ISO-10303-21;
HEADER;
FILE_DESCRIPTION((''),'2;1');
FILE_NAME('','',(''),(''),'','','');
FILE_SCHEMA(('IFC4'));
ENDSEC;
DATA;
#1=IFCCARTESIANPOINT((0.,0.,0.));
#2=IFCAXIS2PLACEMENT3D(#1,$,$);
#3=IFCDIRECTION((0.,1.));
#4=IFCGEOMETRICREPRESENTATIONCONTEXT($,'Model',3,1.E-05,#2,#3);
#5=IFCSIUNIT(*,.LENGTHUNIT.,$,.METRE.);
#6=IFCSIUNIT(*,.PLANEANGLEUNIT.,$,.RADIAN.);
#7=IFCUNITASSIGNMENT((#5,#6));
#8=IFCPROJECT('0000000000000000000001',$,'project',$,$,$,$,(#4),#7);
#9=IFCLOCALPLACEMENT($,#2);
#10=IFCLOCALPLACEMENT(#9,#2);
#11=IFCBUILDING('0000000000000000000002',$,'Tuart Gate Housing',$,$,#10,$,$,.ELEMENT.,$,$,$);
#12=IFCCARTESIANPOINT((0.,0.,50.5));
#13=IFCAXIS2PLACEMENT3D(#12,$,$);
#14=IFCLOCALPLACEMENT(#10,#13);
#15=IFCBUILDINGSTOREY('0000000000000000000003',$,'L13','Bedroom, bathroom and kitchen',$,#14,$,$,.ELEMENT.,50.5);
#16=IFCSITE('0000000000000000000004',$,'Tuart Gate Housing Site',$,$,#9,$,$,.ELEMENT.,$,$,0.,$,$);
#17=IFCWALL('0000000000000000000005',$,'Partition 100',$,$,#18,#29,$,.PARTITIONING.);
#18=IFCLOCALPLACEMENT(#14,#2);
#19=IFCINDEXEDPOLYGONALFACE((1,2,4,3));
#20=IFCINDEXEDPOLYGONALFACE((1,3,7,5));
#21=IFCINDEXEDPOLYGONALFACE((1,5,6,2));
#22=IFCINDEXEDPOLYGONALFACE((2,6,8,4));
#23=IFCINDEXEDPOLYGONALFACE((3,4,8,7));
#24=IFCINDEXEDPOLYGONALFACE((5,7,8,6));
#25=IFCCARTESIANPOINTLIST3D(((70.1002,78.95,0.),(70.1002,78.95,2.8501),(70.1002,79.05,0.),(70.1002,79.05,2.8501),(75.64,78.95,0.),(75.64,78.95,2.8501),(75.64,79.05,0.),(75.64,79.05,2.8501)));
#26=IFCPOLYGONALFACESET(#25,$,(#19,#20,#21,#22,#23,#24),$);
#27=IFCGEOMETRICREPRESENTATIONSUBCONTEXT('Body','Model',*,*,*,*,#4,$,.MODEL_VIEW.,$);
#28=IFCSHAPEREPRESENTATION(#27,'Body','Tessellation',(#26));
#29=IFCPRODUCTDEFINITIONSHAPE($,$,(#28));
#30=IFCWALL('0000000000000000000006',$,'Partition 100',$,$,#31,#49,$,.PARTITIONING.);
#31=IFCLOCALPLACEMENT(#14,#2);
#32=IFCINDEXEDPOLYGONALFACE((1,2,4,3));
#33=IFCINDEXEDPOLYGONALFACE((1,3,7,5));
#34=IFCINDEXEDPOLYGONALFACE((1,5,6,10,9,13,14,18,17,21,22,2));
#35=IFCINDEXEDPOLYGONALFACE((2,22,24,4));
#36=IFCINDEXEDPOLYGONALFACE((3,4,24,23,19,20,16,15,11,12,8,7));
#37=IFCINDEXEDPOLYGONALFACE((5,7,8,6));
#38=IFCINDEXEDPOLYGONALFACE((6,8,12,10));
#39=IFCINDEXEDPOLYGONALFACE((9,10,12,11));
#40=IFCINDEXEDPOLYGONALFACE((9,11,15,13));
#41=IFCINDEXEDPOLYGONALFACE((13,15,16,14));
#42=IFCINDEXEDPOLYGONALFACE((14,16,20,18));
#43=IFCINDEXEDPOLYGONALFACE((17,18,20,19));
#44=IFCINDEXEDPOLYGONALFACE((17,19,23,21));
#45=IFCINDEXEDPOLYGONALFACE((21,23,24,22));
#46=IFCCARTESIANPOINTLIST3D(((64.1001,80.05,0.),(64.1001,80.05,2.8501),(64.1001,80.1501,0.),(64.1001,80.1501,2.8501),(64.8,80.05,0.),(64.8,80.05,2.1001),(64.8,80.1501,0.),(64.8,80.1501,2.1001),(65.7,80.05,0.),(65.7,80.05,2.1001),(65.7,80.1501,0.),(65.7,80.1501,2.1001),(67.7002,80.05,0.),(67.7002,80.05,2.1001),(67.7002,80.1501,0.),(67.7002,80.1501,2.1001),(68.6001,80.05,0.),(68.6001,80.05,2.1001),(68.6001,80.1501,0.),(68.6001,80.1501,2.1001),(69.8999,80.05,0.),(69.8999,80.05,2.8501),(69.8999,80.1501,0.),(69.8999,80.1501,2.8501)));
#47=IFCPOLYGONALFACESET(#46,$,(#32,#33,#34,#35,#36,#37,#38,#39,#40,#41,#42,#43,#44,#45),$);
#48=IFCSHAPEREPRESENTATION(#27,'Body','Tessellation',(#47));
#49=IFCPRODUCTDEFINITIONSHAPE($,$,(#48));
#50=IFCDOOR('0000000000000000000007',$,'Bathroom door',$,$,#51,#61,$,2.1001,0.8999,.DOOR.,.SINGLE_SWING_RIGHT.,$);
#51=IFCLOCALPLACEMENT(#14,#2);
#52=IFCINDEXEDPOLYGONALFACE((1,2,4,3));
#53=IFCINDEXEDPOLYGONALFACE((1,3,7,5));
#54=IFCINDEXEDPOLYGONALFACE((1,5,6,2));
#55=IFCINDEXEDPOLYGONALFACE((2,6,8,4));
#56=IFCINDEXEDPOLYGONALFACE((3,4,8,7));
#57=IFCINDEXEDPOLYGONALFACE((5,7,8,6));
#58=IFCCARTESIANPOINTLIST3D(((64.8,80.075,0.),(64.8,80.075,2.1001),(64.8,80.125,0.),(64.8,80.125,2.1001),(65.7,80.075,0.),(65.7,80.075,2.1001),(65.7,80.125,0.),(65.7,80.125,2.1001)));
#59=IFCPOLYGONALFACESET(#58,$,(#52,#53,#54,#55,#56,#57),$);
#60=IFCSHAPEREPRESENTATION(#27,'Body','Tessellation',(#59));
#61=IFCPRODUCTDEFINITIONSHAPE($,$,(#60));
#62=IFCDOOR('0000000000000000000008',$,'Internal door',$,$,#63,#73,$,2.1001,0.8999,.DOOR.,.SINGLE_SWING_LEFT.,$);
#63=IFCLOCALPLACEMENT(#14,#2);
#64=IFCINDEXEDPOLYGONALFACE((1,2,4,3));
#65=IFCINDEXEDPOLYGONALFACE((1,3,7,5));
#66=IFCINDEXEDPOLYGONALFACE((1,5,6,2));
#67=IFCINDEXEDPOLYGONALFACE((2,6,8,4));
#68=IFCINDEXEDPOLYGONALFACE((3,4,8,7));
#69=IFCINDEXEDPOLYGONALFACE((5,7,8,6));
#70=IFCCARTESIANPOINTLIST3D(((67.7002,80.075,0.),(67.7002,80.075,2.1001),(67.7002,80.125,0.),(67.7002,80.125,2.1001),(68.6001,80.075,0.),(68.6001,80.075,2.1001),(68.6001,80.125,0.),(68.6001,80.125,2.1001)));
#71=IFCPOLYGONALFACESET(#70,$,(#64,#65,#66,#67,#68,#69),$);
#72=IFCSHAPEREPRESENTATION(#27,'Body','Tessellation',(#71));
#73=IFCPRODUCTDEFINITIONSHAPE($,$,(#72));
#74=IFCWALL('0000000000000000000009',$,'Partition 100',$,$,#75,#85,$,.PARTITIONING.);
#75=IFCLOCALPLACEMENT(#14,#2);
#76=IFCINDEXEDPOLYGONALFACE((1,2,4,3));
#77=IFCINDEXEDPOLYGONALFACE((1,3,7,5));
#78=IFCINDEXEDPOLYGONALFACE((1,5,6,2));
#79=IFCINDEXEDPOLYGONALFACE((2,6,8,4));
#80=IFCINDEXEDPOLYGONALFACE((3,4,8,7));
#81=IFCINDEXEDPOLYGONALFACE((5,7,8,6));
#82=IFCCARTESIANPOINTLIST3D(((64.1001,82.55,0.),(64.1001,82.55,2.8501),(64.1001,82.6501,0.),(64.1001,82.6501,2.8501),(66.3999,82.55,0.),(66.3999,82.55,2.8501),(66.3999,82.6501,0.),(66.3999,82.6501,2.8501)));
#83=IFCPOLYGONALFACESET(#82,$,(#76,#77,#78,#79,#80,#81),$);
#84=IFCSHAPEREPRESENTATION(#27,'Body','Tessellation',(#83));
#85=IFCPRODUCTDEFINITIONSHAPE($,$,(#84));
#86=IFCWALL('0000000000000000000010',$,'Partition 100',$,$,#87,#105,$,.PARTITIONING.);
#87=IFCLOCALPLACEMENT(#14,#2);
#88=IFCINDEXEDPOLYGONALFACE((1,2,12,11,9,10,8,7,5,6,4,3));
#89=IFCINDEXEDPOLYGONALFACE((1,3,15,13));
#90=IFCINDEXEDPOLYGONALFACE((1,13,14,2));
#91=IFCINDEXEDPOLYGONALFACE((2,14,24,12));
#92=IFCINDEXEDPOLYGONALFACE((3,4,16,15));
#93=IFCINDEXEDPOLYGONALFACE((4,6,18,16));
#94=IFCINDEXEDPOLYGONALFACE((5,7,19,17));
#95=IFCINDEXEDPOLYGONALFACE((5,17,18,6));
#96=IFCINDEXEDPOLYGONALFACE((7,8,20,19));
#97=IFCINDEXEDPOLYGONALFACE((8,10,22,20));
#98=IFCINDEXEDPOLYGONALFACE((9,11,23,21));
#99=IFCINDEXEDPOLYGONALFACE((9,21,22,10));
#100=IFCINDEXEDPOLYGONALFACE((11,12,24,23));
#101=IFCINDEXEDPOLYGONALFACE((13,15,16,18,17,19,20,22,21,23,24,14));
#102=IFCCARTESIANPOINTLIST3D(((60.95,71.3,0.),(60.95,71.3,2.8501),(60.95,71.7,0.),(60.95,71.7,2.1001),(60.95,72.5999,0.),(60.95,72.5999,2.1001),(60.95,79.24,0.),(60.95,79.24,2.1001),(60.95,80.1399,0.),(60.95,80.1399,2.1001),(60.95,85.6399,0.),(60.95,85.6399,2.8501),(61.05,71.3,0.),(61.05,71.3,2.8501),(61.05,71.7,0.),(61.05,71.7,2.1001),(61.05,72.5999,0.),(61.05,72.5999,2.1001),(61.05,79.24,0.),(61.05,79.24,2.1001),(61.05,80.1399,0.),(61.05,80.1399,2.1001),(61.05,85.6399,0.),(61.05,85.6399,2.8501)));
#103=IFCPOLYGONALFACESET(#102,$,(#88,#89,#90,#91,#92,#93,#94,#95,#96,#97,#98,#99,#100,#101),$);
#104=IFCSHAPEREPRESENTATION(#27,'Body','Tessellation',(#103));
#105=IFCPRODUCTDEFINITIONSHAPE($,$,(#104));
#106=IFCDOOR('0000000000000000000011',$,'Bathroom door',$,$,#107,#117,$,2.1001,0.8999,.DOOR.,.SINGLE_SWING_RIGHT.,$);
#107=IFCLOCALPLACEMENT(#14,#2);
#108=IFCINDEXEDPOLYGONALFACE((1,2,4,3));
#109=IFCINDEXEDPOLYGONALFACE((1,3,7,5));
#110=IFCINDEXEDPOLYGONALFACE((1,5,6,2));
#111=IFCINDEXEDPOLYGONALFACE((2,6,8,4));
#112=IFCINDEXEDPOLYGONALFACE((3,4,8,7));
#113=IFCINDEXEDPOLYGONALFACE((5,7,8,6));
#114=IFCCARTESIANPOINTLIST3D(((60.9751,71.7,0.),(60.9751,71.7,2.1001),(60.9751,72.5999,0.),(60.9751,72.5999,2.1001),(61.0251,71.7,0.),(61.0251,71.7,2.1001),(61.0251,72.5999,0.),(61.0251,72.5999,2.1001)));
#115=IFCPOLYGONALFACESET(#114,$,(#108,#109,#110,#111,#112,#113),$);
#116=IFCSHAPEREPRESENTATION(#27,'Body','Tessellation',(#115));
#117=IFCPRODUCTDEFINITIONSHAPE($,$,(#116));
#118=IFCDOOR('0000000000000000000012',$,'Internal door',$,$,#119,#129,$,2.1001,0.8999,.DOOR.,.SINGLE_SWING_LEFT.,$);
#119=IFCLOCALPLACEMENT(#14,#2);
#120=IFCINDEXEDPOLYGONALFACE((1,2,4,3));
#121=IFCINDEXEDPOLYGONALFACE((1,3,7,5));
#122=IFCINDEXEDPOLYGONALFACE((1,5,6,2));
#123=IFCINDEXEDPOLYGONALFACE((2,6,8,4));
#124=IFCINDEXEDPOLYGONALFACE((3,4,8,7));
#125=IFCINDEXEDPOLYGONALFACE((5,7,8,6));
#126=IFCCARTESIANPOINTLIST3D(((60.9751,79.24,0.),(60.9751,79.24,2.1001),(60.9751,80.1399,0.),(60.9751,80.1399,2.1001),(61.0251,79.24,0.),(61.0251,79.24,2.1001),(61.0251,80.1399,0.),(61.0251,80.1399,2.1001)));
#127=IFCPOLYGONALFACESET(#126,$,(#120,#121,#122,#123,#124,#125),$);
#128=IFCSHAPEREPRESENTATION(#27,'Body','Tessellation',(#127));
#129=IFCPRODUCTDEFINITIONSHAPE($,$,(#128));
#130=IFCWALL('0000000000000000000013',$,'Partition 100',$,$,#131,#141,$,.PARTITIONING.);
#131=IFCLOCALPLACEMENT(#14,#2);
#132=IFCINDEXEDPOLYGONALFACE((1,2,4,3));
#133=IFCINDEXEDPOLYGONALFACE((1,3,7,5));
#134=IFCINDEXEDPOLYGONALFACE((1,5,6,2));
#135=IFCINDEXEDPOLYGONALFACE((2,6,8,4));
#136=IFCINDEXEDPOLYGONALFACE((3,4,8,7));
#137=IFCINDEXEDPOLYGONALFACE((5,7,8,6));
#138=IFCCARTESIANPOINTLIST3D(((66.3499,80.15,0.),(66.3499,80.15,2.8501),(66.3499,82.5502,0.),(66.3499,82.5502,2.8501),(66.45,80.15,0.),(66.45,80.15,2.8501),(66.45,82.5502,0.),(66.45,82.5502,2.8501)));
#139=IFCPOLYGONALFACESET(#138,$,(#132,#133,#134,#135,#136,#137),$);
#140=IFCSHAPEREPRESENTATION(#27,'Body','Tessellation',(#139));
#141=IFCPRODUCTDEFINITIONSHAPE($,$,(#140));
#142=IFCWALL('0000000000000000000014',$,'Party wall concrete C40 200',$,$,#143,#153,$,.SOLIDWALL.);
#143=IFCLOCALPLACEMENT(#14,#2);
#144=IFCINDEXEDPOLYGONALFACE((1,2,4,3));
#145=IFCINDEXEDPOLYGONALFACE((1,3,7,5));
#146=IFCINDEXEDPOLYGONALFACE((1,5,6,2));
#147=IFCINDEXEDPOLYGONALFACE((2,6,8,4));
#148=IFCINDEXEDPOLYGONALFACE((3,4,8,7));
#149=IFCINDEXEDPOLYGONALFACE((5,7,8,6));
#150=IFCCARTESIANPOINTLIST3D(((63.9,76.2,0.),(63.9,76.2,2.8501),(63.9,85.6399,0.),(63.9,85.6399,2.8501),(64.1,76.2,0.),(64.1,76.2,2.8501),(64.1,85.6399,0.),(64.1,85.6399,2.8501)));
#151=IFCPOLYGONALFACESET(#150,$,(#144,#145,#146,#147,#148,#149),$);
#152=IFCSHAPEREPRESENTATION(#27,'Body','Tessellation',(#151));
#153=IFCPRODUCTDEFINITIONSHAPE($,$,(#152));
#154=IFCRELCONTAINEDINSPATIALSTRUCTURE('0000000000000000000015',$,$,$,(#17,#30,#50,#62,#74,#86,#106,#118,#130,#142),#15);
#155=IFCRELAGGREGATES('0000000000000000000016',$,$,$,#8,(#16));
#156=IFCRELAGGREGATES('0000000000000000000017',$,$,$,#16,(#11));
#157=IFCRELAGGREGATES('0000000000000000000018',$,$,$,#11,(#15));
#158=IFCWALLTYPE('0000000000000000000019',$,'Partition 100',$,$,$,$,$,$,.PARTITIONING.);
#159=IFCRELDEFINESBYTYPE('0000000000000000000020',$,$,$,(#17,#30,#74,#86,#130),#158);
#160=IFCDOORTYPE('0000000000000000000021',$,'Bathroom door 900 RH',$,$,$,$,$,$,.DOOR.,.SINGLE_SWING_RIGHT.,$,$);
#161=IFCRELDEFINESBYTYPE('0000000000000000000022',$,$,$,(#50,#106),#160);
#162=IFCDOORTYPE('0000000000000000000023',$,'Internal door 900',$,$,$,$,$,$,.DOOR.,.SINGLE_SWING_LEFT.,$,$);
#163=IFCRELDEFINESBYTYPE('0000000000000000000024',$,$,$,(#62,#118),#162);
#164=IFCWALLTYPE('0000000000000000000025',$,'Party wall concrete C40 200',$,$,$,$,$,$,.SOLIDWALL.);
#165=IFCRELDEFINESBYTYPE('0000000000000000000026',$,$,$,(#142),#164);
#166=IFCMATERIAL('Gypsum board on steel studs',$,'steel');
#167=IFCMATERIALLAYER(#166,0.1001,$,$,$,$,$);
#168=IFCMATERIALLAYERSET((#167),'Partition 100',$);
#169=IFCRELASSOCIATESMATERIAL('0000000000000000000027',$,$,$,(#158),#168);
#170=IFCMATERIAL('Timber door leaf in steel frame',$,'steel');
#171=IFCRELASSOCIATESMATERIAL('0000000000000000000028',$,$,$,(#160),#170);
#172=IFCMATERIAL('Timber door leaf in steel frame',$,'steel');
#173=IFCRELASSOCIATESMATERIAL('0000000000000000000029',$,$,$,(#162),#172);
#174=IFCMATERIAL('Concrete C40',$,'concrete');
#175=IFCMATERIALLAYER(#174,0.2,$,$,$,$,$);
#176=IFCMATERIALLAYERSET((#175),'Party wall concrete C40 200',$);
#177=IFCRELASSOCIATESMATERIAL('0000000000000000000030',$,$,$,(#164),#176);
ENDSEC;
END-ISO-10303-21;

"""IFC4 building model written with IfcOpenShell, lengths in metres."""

from ifc_helpers import new_model, si_unit, direction, frame, frame_2d, origin, place, context, subcontext, project, spatial, rectangle, extrude, material, layer, layer_set, type_object, element, fill, save


model = new_model("IFC4")

# Units and contexts
model_context = context("Model", 3, precision=1e-05, world=origin(), true_north=direction((0.0, 1.0)))
body_context = subcontext(model_context, "Body", "Model", "MODEL_VIEW")
ifc_project = project(units=[si_unit("LENGTHUNIT", "METRE"), si_unit("PLANEANGLEUNIT", "RADIAN")], contexts=[model_context])

# Site, building, storey
site_placement = place(None, origin())
site = spatial("IfcSite", under=ifc_project, at=site_placement, Name="Tuart Gate Housing Site", CompositionType="ELEMENT", RefElevation=0.0)
building_placement = place(site_placement, origin())
building = spatial("IfcBuilding", under=site, at=building_placement, Name="Tuart Gate Housing", CompositionType="ELEMENT")
storey_placement = place(building_placement, frame((0.0, 0.0, 50.5)))
storey = spatial("IfcBuildingStorey", under=building, at=storey_placement, Name="L13", Description="Bedroom, bathroom and kitchen", CompositionType="ELEMENT", Elevation=50.5)

# Wall
ifc_material_1 = material(Name="Gypsum board on steel studs", Category="steel")
ifc_layer_1 = layer(ifc_material_1, 0.1001)
ifc_layer_set_1 = layer_set([ifc_layer_1], Name="Partition 100")
wall_type_1 = type_object("IfcWallType", Name="Partition 100", PredefinedType="PARTITIONING", material=ifc_layer_set_1)
wall_1_placement = place(storey_placement, frame((70.1001, 79.0, 0.0), z_axis=(0.0, 0.0, 1.0), x_axis=(1.0, 0.0, 0.0)))
element("IfcWall", 1, at=wall_1_placement, inside=storey, type_object=wall_type_1, Name="Partition 100", PredefinedType="PARTITIONING", context=body_context, shape_type="SweptSolid", body=[
    extrude(rectangle(XDim=5.5398, YDim=0.1001, at=frame_2d((2.77, 0.0))), origin(), (0.0, 0.0, 1.0), 2.8501),
])

# Wall, openings, doors
wall_2_placement = place(storey_placement, frame((64.1001, 80.1001, 0.0), z_axis=(0.0, 0.0, 1.0), x_axis=(1.0, 0.0, 0.0)))
wall_2 = element("IfcWall", 2, at=wall_2_placement, inside=storey, type_object=wall_type_1, Name="Partition 100", PredefinedType="PARTITIONING", context=body_context, shape_type="SweptSolid", body=[
    extrude(rectangle(XDim=5.7998, YDim=0.1001, at=frame_2d((2.8999, 0.0))), origin(), (0.0, 0.0, 1.0), 2.8501),
])
opening_1_placement = place(wall_2_placement, frame((3.6001, 0.0, 0.0)))
opening_1 = element("IfcOpeningElement", 3, at=opening_1_placement, cuts=wall_2, PredefinedType="OPENING", context=body_context, shape_type="SweptSolid", body=[
    extrude(rectangle(XDim=0.8999, YDim=2.1001, at=frame_2d((0.45, 1.05))), frame((0.0, 0.0601, 0.0), z_axis=(0.0, -1.0, 0.0), x_axis=(1.0, 0.0, 0.0)), (0.0, 0.0, 1.0), 0.1201),
])
opening_2_placement = place(wall_2_placement, frame((0.7, 0.0, 0.0)))
opening_2 = element("IfcOpeningElement", 4, at=opening_2_placement, cuts=wall_2, PredefinedType="OPENING", context=body_context, shape_type="SweptSolid", body=[
    extrude(rectangle(XDim=0.8999, YDim=2.1001, at=frame_2d((0.45, 1.05))), frame((0.0, 0.0601, 0.0), z_axis=(0.0, -1.0, 0.0), x_axis=(1.0, 0.0, 0.0)), (0.0, 0.0, 1.0), 0.1201),
])
ifc_material_2 = material(Name="Timber door leaf in steel frame", Category="steel")
door_type_1 = type_object("IfcDoorType", Name="Bathroom door 900 RH", OperationType="SINGLE_SWING_RIGHT", PredefinedType="DOOR", material=ifc_material_2)
door_1_placement = place(opening_2_placement, origin())
door_1 = element("IfcDoor", 5, at=door_1_placement, inside=storey, type_object=door_type_1, Name="Bathroom door", OperationType="SINGLE_SWING_RIGHT", OverallHeight=2.1001, OverallWidth=0.8999, PredefinedType="DOOR", context=body_context, shape_type="SweptSolid", body=[
    extrude(rectangle(XDim=0.8999, YDim=2.1001, at=frame_2d((0.45, 1.05))), frame((0.0, 0.0249, 0.0), z_axis=(0.0, -1.0, 0.0), x_axis=(1.0, 0.0, 0.0)), (0.0, 0.0, 1.0), 0.05),
])
fill(opening_2, door_1)
ifc_material_3 = material(Name="Timber door leaf in steel frame", Category="steel")
door_type_2 = type_object("IfcDoorType", Name="Internal door 900", OperationType="SINGLE_SWING_LEFT", PredefinedType="DOOR", material=ifc_material_3)
door_2_placement = place(opening_1_placement, frame((0.8999, 0.0, 0.0), z_axis=(0.0, 0.0, 1.0), x_axis=(-1.0, 0.0, 0.0)))
door_2 = element("IfcDoor", 6, at=door_2_placement, inside=storey, type_object=door_type_2, Name="Internal door", OperationType="SINGLE_SWING_LEFT", OverallHeight=2.1001, OverallWidth=0.8999, PredefinedType="DOOR", context=body_context, shape_type="SweptSolid", body=[
    extrude(rectangle(XDim=0.8999, YDim=2.1001, at=frame_2d((0.45, 1.05))), frame((0.0, 0.0251, 0.0), z_axis=(0.0, -1.0, 0.0), x_axis=(1.0, 0.0, 0.0)), (0.0, 0.0, 1.0), 0.05),
])
fill(opening_1, door_2)

# Wall
wall_3_placement = place(storey_placement, frame((64.1001, 82.6001, 0.0), z_axis=(0.0, 0.0, 1.0), x_axis=(1.0, 0.0, 0.0)))
element("IfcWall", 7, at=wall_3_placement, inside=storey, type_object=wall_type_1, Name="Partition 100", PredefinedType="PARTITIONING", context=body_context, shape_type="SweptSolid", body=[
    extrude(rectangle(XDim=2.2998, YDim=0.1001, at=frame_2d((1.1499, 0.0))), origin(), (0.0, 0.0, 1.0), 2.8501),
])

# Wall, openings, doors
wall_4_placement = place(storey_placement, frame((61.0, 71.3, 0.0), z_axis=(0.0, 0.0, 1.0), x_axis=(0.0, 1.0, 0.0)))
wall_4 = element("IfcWall", 8, at=wall_4_placement, inside=storey, type_object=wall_type_1, Name="Partition 100", PredefinedType="PARTITIONING", context=body_context, shape_type="SweptSolid", body=[
    extrude(rectangle(XDim=14.3398, YDim=0.1001, at=frame_2d((7.1699, 0.0))), origin(), (0.0, 0.0, 1.0), 2.8501),
])
opening_3_placement = place(wall_4_placement, frame((7.9399, 0.0, 0.0)))
opening_3 = element("IfcOpeningElement", 9, at=opening_3_placement, cuts=wall_4, PredefinedType="OPENING", context=body_context, shape_type="SweptSolid", body=[
    extrude(rectangle(XDim=0.8999, YDim=2.1001, at=frame_2d((0.45, 1.05))), frame((0.0, 0.0601, 0.0), z_axis=(0.0, -1.0, 0.0), x_axis=(1.0, 0.0, 0.0)), (0.0, 0.0, 1.0), 0.1201),
])
opening_4_placement = place(wall_4_placement, frame((0.3999, 0.0, 0.0)))
opening_4 = element("IfcOpeningElement", 10, at=opening_4_placement, cuts=wall_4, PredefinedType="OPENING", context=body_context, shape_type="SweptSolid", body=[
    extrude(rectangle(XDim=0.8999, YDim=2.1001, at=frame_2d((0.45, 1.05))), frame((0.0, 0.0601, 0.0), z_axis=(0.0, -1.0, 0.0), x_axis=(1.0, 0.0, 0.0)), (0.0, 0.0, 1.0), 0.1201),
])
door_3_placement = place(opening_4_placement, frame((0.8999, 0.0, 0.0), z_axis=(0.0, 0.0, 1.0), x_axis=(-1.0, 0.0, 0.0)))
door_3 = element("IfcDoor", 11, at=door_3_placement, inside=storey, type_object=door_type_1, Name="Bathroom door", OperationType="SINGLE_SWING_RIGHT", OverallHeight=2.1001, OverallWidth=0.8999, PredefinedType="DOOR", context=body_context, shape_type="SweptSolid", body=[
    extrude(rectangle(XDim=0.8999, YDim=2.1001, at=frame_2d((0.45, 1.05))), frame((0.0, 0.0251, 0.0), z_axis=(0.0, -1.0, 0.0), x_axis=(1.0, 0.0, 0.0)), (0.0, 0.0, 1.0), 0.05),
])
fill(opening_4, door_3)
door_4_placement = place(opening_3_placement, frame((0.8999, 0.0, 0.0), z_axis=(0.0, 0.0, 1.0), x_axis=(-1.0, 0.0, 0.0)))
door_4 = element("IfcDoor", 12, at=door_4_placement, inside=storey, type_object=door_type_2, Name="Internal door", OperationType="SINGLE_SWING_LEFT", OverallHeight=2.1001, OverallWidth=0.8999, PredefinedType="DOOR", context=body_context, shape_type="SweptSolid", body=[
    extrude(rectangle(XDim=0.8999, YDim=2.1001, at=frame_2d((0.45, 1.05))), frame((0.0, 0.0251, 0.0), z_axis=(0.0, -1.0, 0.0), x_axis=(1.0, 0.0, 0.0)), (0.0, 0.0, 1.0), 0.05),
])
fill(opening_3, door_4)

# Walls
wall_5_placement = place(storey_placement, frame((66.3999, 80.1499, 0.0), z_axis=(0.0, 0.0, 1.0), x_axis=(0.0, 1.0, 0.0)))
element("IfcWall", 13, at=wall_5_placement, inside=storey, type_object=wall_type_1, Name="Partition 100", PredefinedType="PARTITIONING", context=body_context, shape_type="SweptSolid", body=[
    extrude(rectangle(XDim=2.4001, YDim=0.1001, at=frame_2d((1.2002, 0.0))), origin(), (0.0, 0.0, 1.0), 2.8501),
])
ifc_material_4 = material(Name="Concrete C40", Category="concrete")
ifc_layer_2 = layer(ifc_material_4, 0.2)
ifc_layer_set_2 = layer_set([ifc_layer_2], Name="Party wall concrete C40 200")
wall_type_2 = type_object("IfcWallType", Name="Party wall concrete C40 200", PredefinedType="SOLIDWALL", material=ifc_layer_set_2)
wall_6_placement = place(storey_placement, frame((64.0, 76.2, 0.0), z_axis=(0.0, 0.0, 1.0), x_axis=(0.0, 1.0, 0.0)))
element("IfcWall", 14, at=wall_6_placement, inside=storey, type_object=wall_type_2, Name="Party wall concrete C40 200", PredefinedType="SOLIDWALL", context=body_context, shape_type="SweptSolid", body=[
    extrude(rectangle(XDim=9.4399, YDim=0.2, at=frame_2d((4.72, 0.0))), origin(), (0.0, 0.0, 1.0), 2.8501),
])

save(model, "model.ifc")
